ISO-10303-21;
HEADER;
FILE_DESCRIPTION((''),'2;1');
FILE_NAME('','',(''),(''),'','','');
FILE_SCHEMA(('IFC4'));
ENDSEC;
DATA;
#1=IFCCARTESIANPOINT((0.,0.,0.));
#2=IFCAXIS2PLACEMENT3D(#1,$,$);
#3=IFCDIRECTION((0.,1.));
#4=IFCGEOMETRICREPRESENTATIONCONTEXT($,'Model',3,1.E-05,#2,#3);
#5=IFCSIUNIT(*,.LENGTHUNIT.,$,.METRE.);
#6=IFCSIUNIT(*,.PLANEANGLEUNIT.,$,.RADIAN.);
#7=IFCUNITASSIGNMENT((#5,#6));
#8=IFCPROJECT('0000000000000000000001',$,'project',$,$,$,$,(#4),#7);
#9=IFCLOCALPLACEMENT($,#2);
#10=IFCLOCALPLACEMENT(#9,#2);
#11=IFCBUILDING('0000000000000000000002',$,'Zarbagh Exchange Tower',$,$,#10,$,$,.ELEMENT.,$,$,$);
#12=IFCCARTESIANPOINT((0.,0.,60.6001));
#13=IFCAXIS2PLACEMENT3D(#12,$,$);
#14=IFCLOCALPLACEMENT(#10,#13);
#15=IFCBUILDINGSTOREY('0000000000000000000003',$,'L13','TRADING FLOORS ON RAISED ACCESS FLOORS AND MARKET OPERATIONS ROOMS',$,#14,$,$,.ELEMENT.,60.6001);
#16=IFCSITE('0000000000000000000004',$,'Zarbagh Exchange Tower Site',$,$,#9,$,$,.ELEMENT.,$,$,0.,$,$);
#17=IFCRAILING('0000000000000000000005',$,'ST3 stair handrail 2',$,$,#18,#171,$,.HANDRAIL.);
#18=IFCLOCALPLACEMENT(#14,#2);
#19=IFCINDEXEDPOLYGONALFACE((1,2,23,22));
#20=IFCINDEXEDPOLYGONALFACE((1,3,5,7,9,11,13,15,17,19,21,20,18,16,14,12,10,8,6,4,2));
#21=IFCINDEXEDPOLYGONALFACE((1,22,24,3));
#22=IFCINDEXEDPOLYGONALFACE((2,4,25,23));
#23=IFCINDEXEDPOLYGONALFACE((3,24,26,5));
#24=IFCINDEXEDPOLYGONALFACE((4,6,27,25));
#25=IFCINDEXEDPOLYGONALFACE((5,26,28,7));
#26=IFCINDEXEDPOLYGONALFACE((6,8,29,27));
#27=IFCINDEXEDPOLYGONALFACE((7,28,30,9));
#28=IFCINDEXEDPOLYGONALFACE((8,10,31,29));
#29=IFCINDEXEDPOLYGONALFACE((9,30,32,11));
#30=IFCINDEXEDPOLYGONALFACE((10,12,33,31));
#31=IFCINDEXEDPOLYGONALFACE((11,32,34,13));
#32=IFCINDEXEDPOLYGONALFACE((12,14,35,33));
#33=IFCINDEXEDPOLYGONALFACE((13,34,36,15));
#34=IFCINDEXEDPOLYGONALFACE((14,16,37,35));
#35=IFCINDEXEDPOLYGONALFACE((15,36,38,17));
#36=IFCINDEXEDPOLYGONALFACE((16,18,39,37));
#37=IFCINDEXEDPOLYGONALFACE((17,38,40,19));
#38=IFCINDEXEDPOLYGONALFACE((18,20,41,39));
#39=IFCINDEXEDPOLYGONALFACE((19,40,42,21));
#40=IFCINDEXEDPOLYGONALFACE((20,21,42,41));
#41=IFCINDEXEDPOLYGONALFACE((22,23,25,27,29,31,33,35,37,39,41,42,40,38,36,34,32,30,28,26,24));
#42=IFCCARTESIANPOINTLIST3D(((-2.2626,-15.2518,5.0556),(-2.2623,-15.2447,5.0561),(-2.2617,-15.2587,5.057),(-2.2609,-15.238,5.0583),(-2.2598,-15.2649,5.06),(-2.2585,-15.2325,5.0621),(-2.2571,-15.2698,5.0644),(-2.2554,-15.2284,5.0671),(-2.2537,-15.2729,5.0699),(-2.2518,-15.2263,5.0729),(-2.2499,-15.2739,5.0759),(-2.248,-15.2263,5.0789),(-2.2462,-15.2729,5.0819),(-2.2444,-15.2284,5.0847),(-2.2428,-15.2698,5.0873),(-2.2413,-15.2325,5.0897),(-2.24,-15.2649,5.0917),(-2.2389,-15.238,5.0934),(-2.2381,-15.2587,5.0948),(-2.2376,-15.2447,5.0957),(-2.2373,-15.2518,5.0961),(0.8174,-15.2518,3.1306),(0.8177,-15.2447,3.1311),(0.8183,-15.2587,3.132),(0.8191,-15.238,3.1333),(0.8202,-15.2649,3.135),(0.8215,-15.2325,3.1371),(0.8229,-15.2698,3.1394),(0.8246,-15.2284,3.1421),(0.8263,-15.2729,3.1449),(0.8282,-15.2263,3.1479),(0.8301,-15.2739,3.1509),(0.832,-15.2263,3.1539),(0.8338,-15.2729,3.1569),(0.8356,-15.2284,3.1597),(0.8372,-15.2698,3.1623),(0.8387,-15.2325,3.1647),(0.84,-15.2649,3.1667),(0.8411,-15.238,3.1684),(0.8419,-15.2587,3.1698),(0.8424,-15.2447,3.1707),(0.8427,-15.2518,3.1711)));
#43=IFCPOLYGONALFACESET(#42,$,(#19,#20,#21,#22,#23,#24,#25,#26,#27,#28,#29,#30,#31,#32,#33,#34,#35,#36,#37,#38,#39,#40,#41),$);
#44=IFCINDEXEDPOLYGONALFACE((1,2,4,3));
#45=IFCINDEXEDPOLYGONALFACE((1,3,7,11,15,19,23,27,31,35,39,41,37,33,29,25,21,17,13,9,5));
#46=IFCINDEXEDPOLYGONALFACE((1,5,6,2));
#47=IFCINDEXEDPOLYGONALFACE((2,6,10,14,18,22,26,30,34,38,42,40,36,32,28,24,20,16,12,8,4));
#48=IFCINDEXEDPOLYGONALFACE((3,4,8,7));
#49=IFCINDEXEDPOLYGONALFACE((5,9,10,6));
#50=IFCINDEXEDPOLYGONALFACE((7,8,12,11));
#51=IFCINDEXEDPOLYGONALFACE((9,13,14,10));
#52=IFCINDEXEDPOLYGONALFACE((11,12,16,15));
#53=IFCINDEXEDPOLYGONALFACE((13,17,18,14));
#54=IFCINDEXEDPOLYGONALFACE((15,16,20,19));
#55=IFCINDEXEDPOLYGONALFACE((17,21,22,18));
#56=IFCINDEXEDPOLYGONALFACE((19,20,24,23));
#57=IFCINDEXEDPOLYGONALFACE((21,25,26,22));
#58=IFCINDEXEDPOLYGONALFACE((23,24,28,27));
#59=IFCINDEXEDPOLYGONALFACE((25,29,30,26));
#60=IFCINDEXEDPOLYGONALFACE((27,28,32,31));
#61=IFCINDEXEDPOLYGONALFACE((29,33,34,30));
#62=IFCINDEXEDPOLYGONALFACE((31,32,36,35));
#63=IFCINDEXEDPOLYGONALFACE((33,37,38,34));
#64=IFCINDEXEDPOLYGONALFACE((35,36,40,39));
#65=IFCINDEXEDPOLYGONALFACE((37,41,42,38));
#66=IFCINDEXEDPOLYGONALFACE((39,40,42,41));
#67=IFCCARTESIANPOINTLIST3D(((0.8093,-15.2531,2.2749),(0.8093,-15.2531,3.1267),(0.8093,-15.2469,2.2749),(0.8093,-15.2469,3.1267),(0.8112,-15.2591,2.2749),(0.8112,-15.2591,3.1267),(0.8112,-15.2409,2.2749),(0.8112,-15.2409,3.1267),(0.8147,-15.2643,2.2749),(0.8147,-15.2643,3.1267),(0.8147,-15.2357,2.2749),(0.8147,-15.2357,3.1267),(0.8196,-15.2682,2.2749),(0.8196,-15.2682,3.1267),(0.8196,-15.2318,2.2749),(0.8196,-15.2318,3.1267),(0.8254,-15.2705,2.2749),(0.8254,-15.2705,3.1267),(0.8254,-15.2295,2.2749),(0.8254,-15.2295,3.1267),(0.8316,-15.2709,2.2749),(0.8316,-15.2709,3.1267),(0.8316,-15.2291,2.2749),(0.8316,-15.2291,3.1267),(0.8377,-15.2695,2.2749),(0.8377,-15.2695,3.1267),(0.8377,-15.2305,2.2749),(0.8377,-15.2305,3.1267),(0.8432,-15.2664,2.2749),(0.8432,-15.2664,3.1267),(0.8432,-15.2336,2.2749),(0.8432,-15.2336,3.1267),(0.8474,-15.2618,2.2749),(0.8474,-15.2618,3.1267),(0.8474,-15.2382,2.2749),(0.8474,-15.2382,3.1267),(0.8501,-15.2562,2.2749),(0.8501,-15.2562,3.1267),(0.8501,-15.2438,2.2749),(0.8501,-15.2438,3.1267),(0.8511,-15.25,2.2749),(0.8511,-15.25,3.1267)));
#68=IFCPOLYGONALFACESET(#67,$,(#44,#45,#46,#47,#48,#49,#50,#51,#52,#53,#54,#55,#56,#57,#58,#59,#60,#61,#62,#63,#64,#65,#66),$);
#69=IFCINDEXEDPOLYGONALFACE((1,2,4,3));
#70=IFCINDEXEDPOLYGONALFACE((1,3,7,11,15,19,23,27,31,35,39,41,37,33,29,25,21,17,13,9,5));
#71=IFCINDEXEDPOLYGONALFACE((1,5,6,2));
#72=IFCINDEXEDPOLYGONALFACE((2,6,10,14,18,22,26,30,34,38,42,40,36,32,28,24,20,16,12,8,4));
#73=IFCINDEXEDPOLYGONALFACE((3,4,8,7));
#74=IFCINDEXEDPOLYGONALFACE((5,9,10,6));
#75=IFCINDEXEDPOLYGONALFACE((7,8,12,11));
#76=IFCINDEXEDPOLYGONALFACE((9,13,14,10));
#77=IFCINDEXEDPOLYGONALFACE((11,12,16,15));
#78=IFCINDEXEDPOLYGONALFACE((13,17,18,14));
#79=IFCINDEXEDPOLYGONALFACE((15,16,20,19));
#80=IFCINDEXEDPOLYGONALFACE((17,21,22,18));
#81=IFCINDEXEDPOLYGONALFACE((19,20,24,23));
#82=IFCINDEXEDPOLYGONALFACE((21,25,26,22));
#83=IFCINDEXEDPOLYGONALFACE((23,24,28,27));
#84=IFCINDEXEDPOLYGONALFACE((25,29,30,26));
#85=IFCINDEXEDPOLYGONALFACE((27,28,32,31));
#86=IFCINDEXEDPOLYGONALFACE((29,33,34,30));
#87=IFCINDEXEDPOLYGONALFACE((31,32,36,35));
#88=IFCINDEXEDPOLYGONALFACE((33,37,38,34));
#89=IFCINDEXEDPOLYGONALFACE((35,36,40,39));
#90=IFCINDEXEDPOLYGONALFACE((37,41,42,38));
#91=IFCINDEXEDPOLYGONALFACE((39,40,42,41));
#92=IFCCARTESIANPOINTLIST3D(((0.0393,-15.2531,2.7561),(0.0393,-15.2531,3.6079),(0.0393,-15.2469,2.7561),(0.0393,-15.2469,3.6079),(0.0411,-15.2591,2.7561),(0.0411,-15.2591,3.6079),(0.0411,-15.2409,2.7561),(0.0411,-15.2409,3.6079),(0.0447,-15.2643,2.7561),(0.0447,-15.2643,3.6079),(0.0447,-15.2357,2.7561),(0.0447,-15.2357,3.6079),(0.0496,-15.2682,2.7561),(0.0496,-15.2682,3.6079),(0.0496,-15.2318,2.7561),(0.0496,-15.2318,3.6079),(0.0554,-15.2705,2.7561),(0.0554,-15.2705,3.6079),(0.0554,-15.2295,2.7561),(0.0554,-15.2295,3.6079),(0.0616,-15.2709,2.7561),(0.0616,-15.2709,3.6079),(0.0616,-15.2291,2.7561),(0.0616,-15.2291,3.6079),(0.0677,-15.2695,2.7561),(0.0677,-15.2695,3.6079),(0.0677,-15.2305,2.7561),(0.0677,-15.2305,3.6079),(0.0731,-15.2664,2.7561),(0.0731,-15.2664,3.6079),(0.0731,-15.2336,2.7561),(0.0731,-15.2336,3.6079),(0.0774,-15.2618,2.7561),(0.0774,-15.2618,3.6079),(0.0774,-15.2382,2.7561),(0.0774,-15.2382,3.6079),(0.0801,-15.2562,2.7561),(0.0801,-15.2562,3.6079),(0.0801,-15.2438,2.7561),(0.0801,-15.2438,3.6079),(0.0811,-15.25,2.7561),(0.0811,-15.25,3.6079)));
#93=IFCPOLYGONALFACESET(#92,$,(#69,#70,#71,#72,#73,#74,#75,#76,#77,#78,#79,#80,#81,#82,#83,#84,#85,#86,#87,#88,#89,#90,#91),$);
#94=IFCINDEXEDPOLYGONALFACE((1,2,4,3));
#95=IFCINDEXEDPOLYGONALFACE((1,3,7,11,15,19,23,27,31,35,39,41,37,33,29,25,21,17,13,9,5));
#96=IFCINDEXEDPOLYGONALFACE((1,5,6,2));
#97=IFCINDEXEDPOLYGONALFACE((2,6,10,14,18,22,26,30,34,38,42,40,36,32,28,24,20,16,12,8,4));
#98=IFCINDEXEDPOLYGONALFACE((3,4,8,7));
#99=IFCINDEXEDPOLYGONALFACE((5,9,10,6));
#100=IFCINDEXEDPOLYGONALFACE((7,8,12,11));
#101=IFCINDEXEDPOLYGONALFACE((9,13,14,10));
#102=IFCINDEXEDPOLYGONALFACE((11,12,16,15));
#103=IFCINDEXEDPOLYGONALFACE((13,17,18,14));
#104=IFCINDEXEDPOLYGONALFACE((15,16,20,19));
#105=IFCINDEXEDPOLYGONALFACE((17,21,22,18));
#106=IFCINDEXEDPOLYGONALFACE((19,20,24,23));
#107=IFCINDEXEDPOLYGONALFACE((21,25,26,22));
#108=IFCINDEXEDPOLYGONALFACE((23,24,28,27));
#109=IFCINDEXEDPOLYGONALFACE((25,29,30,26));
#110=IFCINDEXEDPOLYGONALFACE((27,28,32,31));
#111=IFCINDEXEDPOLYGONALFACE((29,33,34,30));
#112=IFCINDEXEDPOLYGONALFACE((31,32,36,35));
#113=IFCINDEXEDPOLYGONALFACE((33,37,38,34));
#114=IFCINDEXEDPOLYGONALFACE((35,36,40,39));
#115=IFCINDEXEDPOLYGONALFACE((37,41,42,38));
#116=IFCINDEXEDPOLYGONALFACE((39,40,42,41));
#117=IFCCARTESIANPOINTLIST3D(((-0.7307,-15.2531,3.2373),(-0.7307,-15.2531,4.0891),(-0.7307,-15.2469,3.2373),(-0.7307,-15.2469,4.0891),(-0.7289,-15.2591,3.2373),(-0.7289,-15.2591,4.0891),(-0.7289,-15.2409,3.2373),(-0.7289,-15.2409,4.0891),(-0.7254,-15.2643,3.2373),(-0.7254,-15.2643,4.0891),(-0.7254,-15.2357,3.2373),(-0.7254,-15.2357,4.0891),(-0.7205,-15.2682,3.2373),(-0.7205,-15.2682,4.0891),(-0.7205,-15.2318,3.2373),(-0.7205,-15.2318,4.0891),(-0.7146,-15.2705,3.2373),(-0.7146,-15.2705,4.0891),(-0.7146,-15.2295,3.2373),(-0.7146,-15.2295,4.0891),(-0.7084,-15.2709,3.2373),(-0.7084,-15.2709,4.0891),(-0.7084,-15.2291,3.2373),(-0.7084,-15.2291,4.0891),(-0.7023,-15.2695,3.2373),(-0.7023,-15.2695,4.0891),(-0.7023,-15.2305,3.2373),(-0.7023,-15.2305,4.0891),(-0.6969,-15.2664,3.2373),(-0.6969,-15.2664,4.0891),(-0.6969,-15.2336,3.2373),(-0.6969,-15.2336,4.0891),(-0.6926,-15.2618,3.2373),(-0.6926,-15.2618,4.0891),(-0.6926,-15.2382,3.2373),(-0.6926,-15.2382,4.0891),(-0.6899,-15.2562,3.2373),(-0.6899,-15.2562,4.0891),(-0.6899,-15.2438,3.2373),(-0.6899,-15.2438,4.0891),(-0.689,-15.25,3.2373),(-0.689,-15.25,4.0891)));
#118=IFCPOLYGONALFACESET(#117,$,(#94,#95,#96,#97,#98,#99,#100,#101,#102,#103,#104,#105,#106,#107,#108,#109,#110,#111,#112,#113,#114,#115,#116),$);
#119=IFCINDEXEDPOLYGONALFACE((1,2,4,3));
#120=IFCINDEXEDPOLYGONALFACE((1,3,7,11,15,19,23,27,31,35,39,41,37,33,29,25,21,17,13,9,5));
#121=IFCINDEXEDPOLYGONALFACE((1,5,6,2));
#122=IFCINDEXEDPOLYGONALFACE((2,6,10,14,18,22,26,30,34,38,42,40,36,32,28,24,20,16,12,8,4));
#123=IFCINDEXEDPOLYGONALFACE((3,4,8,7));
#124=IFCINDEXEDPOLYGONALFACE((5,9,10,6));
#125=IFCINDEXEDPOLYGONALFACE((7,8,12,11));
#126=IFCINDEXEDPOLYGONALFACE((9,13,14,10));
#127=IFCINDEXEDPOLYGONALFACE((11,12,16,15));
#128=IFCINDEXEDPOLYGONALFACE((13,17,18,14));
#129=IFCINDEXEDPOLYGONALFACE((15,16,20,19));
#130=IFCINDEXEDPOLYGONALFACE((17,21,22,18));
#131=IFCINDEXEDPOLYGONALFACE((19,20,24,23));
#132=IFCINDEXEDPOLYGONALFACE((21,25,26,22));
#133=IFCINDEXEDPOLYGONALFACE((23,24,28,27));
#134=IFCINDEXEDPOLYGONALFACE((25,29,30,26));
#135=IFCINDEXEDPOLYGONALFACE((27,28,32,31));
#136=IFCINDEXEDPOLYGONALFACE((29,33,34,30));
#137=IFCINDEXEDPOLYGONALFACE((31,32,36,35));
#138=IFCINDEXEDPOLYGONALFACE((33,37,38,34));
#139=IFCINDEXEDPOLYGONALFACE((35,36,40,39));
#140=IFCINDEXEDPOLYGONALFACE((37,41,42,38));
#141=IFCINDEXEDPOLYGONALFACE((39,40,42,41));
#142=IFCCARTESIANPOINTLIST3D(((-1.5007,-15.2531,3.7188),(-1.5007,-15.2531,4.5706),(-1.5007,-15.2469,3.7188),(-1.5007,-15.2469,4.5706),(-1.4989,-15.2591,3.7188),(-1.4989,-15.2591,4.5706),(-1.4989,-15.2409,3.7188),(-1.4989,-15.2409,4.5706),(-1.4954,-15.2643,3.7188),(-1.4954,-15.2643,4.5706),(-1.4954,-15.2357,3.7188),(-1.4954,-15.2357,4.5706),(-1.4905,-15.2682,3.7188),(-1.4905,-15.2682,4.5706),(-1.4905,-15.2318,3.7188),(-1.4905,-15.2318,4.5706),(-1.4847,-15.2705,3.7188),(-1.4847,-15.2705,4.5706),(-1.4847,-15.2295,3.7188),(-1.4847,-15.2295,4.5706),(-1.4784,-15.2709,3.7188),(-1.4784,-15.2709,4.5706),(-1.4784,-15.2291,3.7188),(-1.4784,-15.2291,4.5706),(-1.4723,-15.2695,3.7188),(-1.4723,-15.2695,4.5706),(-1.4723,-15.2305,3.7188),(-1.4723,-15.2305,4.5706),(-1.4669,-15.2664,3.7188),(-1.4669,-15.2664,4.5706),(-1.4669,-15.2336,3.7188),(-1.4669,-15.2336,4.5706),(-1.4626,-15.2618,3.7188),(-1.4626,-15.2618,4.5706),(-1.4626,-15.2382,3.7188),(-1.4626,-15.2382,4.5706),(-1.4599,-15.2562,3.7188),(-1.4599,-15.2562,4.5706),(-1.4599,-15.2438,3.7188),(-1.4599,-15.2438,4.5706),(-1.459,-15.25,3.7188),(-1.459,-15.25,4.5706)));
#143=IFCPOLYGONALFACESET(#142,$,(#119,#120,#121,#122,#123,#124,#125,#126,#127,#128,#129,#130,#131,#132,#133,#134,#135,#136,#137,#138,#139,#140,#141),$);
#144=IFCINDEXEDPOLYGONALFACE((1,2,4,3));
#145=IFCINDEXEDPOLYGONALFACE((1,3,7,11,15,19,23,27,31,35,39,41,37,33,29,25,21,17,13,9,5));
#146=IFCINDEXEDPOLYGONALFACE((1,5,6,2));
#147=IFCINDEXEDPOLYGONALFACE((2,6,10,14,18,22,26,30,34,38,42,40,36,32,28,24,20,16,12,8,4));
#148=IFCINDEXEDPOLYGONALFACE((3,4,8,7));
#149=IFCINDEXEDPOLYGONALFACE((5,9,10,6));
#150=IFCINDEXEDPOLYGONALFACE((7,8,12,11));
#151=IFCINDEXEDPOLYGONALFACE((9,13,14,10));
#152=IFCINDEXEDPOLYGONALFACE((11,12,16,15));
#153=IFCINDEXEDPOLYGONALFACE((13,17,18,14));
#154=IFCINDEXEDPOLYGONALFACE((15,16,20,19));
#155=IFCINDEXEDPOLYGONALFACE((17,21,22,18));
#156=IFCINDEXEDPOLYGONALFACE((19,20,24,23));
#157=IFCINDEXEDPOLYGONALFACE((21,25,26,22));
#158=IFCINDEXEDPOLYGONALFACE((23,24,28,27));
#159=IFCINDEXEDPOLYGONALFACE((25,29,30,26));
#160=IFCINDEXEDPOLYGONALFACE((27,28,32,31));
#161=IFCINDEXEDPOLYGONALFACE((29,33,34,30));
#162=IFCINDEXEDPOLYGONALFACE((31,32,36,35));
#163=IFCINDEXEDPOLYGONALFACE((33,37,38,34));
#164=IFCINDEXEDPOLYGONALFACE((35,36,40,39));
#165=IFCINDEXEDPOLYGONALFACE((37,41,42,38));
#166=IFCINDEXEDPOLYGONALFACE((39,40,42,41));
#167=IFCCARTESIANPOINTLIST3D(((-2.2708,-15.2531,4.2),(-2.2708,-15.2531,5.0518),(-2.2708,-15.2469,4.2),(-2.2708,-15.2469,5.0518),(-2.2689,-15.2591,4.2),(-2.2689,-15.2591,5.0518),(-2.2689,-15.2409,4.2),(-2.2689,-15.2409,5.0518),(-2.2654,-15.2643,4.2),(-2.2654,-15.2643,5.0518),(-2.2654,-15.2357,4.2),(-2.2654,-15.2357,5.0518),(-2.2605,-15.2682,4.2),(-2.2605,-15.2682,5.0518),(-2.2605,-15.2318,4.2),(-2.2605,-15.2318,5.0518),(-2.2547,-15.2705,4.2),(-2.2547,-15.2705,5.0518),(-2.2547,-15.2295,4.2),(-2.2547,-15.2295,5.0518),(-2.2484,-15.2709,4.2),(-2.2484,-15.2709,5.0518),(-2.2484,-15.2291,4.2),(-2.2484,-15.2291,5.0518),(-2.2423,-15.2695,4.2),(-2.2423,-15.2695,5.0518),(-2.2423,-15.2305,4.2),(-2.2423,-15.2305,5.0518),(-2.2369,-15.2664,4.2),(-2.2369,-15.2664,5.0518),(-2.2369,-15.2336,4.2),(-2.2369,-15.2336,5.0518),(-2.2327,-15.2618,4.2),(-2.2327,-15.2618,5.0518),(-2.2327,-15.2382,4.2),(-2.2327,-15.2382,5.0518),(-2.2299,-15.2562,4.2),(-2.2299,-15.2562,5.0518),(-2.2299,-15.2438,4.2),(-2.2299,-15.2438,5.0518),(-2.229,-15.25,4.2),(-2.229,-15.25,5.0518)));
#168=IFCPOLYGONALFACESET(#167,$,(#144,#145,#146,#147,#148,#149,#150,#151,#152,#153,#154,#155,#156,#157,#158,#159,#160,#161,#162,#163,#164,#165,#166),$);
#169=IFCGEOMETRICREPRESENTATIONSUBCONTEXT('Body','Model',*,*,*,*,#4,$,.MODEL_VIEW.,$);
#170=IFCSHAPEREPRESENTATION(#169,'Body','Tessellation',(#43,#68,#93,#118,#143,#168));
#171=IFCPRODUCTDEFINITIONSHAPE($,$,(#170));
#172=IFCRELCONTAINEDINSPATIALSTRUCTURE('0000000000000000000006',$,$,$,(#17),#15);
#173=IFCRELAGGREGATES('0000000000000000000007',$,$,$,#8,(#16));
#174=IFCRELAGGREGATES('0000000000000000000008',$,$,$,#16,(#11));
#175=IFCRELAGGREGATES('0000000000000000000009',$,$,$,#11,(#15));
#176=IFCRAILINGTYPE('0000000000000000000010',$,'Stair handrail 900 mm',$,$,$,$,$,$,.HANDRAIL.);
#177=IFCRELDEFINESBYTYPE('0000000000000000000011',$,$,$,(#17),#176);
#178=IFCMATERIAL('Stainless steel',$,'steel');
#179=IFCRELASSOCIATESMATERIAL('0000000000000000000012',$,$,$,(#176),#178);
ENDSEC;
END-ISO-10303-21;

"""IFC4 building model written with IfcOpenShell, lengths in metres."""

from ifc_helpers import new_model, si_unit, direction, frame, origin, origin_2d, place, context, subcontext, project, spatial, circle, extrude, material, type_object, element, save


model = new_model("IFC4")

# Units and contexts
model_context = context("Model", 3, precision=1e-05, world=origin(), true_north=direction((0.0, 1.0)))
body_context = subcontext(model_context, "Body", "Model", "MODEL_VIEW")
ifc_project = project(units=[si_unit("LENGTHUNIT", "METRE"), si_unit("PLANEANGLEUNIT", "RADIAN")], contexts=[model_context])

# Site, building, storey
site_placement = place(None, origin())
site = spatial("IfcSite", under=ifc_project, at=site_placement, Name="Zarbagh Exchange Tower Site", CompositionType="ELEMENT", RefElevation=0.0)
building_placement = place(site_placement, origin())
building = spatial("IfcBuilding", under=site, at=building_placement, Name="Zarbagh Exchange Tower", CompositionType="ELEMENT")
storey_placement = place(building_placement, frame((0.0, 0.0, 60.6001)))
storey = spatial("IfcBuildingStorey", under=building, at=storey_placement, Name="L13", Description="TRADING FLOORS ON RAISED ACCESS FLOORS AND MARKET OPERATIONS ROOMS", CompositionType="ELEMENT", Elevation=60.6001)

# Railing
ifc_material_1 = material(Name="Stainless steel", Category="steel")
railing_type_1 = type_object("IfcRailingType", Name="Stair handrail 900 mm", PredefinedType="HANDRAIL", material=ifc_material_1)
for number, where, name in (
    (1, (0.8301, -15.25, 2.2749), "ST3 stair handrail 2"),
):
    element("IfcRailing", number, at=place(storey_placement, frame(where)), inside=storey, type_object=railing_type_1, Name=name, PredefinedType="HANDRAIL", context=body_context, shape_type="SweptSolid", body=[
        extrude(circle(Radius=0.0239, at=origin_2d()), frame((0.0, 0.0, 0.876), z_axis=(-0.847998, 0.0, 0.529999), x_axis=(0.0, -1.0, 0.0)), (0.0, 0.0, 1.0), 3.6321),
        extrude(circle(Radius=0.021, at=origin_2d()), origin(), (0.0, 0.0, 1.0), 0.8518),
        extrude(circle(Radius=0.021, at=origin_2d()), frame((-0.77, 0.0, 0.4812)), (0.0, 0.0, 1.0), 0.8518),
        extrude(circle(Radius=0.021, at=origin_2d()), frame((-1.54, 0.0, 0.9624)), (0.0, 0.0, 1.0), 0.8518),
        extrude(circle(Radius=0.021, at=origin_2d()), frame((-2.3101, 0.0, 1.4438)), (0.0, 0.0, 1.0), 0.8518),
        extrude(circle(Radius=0.021, at=origin_2d()), frame((-3.0801, 0.0, 1.925)), (0.0, 0.0, 1.0), 0.8518),
    ])

save(model, "model.ifc")
